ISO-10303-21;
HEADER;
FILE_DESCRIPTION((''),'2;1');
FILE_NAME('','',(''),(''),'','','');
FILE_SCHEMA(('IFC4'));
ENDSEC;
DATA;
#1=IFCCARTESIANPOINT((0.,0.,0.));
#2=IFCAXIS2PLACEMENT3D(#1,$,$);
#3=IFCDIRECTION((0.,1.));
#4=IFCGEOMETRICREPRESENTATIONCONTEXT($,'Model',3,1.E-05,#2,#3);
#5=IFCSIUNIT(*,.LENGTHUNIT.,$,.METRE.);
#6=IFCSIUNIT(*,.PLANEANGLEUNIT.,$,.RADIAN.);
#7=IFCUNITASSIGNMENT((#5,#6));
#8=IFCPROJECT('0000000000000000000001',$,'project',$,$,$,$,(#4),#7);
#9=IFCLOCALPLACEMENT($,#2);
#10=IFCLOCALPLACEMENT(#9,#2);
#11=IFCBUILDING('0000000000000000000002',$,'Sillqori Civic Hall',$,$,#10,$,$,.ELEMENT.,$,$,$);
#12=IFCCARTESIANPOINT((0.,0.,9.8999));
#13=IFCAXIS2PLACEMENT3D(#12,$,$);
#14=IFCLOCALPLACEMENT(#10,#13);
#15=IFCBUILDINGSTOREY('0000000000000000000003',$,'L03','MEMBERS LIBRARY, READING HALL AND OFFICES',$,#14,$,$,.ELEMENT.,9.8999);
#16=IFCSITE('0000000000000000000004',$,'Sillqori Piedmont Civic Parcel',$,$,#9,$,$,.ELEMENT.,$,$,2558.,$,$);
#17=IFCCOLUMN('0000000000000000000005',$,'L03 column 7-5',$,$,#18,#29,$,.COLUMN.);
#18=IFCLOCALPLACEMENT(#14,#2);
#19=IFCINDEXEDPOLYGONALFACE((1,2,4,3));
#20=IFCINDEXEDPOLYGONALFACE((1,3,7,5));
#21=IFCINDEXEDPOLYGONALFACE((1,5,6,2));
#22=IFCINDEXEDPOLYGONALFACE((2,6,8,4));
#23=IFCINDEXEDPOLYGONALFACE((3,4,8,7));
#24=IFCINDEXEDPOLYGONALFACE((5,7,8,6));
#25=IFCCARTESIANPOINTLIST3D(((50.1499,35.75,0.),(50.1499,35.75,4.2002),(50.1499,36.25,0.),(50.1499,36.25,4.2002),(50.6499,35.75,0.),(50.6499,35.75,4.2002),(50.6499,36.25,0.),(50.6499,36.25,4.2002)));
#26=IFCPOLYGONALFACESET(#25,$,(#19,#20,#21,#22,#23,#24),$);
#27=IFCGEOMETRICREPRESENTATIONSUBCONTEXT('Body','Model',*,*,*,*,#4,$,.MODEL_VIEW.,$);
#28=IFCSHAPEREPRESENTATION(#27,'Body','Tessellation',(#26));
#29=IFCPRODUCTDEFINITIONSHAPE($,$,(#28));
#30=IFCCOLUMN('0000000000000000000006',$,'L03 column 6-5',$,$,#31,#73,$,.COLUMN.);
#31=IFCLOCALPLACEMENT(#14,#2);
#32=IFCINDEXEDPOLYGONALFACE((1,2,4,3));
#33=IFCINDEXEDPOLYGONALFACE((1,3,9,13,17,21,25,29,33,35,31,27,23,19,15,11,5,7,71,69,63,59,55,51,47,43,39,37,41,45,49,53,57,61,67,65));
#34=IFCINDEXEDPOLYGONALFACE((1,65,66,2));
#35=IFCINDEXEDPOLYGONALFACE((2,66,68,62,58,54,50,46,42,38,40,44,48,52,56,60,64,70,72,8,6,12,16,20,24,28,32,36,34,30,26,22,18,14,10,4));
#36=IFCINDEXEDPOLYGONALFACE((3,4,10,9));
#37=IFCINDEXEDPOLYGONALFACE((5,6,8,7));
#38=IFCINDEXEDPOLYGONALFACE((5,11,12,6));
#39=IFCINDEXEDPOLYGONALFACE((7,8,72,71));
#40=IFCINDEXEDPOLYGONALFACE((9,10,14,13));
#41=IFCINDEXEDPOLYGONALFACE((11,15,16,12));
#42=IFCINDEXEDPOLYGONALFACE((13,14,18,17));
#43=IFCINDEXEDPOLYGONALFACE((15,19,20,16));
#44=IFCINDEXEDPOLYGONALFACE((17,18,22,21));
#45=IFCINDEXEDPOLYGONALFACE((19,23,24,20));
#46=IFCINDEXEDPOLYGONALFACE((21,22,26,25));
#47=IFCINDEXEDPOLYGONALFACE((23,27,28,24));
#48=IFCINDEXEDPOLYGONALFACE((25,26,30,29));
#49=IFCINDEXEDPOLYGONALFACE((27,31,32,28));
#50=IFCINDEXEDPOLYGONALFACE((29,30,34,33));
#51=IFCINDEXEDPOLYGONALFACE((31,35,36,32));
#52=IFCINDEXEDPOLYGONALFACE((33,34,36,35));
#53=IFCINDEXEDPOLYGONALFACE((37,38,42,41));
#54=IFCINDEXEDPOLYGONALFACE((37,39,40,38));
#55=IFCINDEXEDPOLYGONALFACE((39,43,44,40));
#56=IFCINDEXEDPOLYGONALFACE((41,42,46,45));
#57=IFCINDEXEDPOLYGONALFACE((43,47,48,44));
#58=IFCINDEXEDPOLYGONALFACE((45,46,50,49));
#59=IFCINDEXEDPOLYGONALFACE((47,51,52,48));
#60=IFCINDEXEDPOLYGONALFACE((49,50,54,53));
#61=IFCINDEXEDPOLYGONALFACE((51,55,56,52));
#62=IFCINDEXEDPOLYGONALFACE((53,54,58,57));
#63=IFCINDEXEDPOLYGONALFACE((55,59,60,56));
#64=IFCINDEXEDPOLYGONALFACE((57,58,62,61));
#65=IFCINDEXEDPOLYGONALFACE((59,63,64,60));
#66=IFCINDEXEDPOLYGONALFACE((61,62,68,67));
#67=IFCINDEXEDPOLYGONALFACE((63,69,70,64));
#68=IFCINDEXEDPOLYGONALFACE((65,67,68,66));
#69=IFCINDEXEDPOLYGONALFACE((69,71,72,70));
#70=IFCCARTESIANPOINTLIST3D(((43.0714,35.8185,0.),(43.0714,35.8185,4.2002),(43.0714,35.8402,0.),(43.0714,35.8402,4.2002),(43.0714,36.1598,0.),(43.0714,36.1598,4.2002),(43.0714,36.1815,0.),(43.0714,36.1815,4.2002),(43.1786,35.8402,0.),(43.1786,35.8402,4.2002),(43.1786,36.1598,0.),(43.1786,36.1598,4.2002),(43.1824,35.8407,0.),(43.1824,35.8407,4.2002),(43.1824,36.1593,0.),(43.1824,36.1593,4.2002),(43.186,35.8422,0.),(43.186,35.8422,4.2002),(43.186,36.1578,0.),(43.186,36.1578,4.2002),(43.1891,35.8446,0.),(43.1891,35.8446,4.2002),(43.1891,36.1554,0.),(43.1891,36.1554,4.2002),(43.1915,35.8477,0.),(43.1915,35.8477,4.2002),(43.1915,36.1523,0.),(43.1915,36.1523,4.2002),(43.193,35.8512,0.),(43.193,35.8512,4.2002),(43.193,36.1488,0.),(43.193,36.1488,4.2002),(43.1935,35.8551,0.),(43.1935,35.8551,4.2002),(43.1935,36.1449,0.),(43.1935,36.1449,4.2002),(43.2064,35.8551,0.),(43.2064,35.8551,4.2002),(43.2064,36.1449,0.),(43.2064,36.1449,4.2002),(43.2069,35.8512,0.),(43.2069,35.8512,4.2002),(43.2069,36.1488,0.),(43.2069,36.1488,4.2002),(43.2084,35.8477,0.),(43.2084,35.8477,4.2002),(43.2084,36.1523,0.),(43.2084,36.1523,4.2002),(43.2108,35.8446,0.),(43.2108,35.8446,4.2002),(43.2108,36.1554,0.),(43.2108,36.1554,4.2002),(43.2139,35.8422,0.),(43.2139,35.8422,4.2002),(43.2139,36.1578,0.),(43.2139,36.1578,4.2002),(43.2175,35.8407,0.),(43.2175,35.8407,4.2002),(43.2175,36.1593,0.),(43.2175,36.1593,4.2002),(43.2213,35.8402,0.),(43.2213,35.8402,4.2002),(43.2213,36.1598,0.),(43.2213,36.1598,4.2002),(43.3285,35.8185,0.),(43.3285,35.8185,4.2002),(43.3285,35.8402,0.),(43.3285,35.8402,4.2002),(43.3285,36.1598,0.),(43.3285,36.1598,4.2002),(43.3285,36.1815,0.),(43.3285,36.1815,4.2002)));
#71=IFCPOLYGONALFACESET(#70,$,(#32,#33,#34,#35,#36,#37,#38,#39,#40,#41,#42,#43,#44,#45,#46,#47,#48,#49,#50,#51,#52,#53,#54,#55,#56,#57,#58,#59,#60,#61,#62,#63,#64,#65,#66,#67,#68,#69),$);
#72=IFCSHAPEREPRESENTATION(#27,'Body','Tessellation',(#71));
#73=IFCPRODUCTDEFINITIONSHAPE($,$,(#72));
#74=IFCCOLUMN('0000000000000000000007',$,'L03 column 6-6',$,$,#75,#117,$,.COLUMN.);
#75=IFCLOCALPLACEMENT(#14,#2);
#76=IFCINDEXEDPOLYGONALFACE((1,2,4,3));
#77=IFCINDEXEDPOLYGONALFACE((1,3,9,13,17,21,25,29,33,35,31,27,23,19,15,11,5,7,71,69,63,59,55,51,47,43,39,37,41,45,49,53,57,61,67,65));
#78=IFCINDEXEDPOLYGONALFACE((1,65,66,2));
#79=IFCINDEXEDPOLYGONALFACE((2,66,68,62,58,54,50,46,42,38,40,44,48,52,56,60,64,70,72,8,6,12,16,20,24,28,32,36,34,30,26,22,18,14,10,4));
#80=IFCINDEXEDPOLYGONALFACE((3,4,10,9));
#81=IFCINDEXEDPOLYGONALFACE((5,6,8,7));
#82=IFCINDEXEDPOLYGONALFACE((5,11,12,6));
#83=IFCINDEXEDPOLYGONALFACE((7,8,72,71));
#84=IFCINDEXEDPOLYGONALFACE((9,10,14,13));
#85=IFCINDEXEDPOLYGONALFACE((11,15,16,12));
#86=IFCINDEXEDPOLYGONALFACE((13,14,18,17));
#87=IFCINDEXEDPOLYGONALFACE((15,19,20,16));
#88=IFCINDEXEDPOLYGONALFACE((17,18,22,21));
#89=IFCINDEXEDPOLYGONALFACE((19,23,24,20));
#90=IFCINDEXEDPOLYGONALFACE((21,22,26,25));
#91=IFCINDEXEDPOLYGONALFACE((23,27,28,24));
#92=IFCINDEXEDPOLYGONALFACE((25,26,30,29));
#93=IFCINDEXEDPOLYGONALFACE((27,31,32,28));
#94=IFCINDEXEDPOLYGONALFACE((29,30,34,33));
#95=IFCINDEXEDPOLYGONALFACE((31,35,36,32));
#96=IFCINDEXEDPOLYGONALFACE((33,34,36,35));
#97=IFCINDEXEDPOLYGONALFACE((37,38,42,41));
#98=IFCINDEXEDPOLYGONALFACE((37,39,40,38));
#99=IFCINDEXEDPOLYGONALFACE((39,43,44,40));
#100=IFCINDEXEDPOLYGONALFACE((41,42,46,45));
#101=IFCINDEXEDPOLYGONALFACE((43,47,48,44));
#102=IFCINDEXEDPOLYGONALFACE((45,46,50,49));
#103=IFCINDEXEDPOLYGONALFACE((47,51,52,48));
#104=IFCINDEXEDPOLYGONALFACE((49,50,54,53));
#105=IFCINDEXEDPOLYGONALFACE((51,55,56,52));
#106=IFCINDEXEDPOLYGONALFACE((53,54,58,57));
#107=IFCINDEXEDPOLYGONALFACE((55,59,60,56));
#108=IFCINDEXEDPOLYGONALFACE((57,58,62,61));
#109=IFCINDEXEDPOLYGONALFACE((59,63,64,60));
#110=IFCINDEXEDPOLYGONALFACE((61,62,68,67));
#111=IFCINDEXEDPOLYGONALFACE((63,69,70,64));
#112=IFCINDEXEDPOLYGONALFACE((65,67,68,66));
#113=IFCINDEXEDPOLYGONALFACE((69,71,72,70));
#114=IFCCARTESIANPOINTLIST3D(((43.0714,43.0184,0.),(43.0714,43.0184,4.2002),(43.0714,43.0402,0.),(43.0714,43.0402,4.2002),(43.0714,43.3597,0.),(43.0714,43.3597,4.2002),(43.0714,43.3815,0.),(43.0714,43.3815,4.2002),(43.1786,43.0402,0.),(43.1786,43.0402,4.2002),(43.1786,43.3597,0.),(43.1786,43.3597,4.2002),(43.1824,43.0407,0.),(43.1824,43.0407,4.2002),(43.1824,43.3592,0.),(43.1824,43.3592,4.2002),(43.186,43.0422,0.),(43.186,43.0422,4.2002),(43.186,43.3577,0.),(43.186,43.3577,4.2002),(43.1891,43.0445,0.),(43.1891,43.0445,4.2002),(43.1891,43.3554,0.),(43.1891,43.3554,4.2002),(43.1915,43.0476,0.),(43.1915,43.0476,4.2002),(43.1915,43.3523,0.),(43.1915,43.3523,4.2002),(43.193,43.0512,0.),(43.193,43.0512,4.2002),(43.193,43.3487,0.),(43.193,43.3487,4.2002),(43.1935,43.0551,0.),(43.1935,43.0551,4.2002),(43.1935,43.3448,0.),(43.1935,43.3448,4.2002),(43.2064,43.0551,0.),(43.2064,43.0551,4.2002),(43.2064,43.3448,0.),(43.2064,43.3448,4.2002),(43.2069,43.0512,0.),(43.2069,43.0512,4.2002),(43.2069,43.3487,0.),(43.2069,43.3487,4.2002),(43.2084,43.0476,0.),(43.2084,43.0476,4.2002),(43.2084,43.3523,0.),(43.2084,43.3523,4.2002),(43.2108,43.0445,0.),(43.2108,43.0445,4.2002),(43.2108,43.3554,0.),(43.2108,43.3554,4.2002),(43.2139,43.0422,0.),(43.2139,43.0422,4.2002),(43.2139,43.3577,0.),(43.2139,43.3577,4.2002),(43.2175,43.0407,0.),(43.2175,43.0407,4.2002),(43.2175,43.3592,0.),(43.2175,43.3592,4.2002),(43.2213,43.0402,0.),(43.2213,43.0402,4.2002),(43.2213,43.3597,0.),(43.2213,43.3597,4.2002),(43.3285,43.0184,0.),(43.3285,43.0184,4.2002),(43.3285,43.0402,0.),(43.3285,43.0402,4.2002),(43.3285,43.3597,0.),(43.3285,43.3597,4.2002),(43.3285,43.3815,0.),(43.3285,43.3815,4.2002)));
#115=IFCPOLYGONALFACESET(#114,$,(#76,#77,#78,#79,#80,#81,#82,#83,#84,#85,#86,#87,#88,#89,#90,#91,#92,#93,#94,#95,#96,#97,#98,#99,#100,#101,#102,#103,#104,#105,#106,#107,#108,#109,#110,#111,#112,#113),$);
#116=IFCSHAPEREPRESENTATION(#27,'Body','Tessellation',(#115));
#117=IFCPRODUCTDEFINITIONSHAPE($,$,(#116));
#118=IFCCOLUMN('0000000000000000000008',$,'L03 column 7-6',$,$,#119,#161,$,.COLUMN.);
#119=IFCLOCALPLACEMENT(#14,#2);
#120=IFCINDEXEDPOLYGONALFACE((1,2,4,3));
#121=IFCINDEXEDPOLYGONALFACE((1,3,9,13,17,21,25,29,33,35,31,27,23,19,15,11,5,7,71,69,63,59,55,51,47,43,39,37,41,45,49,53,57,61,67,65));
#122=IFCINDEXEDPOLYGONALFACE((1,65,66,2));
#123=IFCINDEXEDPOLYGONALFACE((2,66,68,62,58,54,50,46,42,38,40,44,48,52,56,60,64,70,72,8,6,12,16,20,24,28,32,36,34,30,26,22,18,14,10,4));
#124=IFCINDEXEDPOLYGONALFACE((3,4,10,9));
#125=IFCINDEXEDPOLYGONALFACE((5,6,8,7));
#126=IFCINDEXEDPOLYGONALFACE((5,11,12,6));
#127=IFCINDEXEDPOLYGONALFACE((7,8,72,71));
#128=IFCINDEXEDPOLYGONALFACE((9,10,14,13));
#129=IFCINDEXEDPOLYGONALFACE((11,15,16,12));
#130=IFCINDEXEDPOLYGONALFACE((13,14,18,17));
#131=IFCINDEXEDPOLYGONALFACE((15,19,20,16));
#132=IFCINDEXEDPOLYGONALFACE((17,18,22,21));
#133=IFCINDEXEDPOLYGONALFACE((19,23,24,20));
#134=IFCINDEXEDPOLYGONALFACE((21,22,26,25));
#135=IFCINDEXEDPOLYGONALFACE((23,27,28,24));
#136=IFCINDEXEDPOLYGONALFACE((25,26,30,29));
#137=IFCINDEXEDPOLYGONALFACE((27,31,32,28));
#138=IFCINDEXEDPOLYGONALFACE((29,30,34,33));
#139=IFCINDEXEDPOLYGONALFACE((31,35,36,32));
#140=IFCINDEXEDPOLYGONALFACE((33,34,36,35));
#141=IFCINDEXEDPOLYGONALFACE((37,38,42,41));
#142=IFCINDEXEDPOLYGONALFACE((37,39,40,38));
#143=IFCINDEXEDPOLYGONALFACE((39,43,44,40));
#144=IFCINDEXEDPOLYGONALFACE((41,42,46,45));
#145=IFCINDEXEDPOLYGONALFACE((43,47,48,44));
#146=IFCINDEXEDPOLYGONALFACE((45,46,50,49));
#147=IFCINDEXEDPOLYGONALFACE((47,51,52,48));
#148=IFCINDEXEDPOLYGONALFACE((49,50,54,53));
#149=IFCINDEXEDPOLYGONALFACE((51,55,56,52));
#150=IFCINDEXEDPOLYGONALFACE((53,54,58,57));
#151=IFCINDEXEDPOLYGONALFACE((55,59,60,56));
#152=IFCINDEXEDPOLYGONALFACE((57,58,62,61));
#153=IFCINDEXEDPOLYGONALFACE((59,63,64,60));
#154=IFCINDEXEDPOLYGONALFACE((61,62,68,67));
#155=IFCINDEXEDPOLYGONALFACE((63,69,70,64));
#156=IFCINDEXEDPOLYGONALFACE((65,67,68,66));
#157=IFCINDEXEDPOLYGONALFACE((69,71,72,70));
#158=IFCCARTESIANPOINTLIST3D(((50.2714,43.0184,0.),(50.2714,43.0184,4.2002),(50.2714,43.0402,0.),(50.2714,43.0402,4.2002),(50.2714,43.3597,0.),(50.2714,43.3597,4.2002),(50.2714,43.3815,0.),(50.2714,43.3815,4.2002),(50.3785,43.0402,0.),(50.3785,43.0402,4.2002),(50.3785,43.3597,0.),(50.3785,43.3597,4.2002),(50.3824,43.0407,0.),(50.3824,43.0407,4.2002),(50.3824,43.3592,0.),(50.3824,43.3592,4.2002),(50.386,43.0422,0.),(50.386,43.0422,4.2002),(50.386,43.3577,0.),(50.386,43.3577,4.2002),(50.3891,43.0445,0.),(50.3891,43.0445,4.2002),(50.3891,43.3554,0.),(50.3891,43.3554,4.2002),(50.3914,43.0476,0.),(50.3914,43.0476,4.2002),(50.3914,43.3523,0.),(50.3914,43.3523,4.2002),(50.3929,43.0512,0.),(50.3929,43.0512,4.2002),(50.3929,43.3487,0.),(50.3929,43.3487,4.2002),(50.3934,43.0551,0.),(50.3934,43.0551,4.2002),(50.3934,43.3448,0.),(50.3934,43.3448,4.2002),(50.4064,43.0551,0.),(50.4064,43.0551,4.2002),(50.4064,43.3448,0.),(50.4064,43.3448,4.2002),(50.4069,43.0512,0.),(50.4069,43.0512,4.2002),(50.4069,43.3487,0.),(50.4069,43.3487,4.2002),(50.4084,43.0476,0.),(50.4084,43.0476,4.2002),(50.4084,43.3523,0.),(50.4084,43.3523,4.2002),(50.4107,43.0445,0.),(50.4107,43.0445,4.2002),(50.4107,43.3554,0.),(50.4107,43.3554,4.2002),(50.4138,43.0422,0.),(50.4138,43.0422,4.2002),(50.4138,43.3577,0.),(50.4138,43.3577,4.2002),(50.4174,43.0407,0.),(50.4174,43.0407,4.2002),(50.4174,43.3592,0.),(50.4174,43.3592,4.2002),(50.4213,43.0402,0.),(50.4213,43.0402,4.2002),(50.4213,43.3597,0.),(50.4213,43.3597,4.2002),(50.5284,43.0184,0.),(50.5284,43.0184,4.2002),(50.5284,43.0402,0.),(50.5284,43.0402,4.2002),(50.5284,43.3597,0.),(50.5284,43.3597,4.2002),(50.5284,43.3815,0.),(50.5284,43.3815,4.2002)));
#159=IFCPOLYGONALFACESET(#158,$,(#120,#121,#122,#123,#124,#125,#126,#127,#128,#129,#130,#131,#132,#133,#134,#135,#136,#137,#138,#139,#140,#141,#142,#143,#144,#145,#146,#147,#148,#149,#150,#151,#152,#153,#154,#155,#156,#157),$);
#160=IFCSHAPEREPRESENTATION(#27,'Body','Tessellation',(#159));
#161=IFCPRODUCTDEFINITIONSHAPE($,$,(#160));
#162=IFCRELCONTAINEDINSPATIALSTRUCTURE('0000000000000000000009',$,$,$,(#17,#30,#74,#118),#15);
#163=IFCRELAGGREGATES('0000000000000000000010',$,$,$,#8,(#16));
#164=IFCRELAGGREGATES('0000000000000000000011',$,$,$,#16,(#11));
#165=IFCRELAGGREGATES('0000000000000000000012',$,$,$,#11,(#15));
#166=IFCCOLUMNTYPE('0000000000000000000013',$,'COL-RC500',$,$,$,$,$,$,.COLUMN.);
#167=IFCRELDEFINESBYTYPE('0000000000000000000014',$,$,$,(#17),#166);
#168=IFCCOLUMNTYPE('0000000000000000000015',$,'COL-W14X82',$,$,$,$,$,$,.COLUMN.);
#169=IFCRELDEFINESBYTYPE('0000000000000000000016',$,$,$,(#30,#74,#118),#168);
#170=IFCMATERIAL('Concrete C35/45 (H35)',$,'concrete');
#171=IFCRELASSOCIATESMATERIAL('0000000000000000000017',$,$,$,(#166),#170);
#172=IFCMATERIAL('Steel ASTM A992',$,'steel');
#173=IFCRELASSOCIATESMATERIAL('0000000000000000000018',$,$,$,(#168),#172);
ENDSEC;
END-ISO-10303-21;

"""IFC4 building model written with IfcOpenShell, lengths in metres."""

from ifc_helpers import new_model, si_unit, direction, frame, origin, origin_2d, place, context, subcontext, project, spatial, rectangle, i_section, extrude, material, material_profile, profile_set, type_object, element, save


model = new_model("IFC4")

# Units and contexts
model_context = context("Model", 3, precision=1e-05, world=origin(), true_north=direction((0.0, 1.0)))
body_context = subcontext(model_context, "Body", "Model", "MODEL_VIEW")
ifc_project = project(units=[si_unit("LENGTHUNIT", "METRE"), si_unit("PLANEANGLEUNIT", "RADIAN")], contexts=[model_context])

# Site, building, storey
site_placement = place(None, origin())
site = spatial("IfcSite", under=ifc_project, at=site_placement, Name="Sillqori Piedmont Civic Parcel", CompositionType="ELEMENT", RefElevation=2558.0)
building_placement = place(site_placement, origin())
building = spatial("IfcBuilding", under=site, at=building_placement, Name="Sillqori Civic Hall", CompositionType="ELEMENT")
storey_placement = place(building_placement, frame((0.0, 0.0, 9.8999)))
storey = spatial("IfcBuildingStorey", under=building, at=storey_placement, Name="L03", Description="MEMBERS LIBRARY, READING HALL AND OFFICES", CompositionType="ELEMENT", Elevation=9.8999)

# Columns
ifc_material_1 = material(Name="Concrete C35/45 (H35)", Category="concrete")
ifc_material_profile_1 = material_profile(ifc_material_1, rectangle(XDim=0.5, YDim=0.5, at=origin_2d()), Name="RC 500x500")
ifc_profile_set_1 = profile_set([ifc_material_profile_1], Name="Concrete C35/45 (H35)")
column_type_1 = type_object("IfcColumnType", Name="COL-RC500", PredefinedType="COLUMN", material=ifc_profile_set_1)
column_placement = place(storey_placement, frame((50.3999, 36.0, 0.0), z_axis=(0.0, 0.0, 1.0), x_axis=(1.0, 0.0, 0.0)))
element("IfcColumn", 1, at=column_placement, inside=storey, type_object=column_type_1, Name="L03 column 7-5", PredefinedType="COLUMN", context=body_context, shape_type="SweptSolid", body=[
    extrude(rectangle(XDim=0.5, YDim=0.5, at=origin_2d()), origin(), (0.0, 0.0, 1.0), 4.2002),
])
ifc_material_2 = material(Name="Steel ASTM A992", Category="steel")
ifc_material_profile_2 = material_profile(ifc_material_2, i_section(OverallWidth=0.2571, OverallDepth=0.363, WebThickness=0.0129, FlangeThickness=0.0217, FilletRadius=0.0149, at=origin_2d()), Name="W14X82")
ifc_profile_set_2 = profile_set([ifc_material_profile_2], Name="Steel ASTM A992")
column_type_2 = type_object("IfcColumnType", Name="COL-W14X82", PredefinedType="COLUMN", material=ifc_profile_set_2)
for number, where, z_axis, x_axis, name in (
    (2, (43.2, 36.0, 0.0), (0.0, 0.0, 1.0), (1.0, 0.0, 0.0), "L03 column 6-5"),
    (3, (43.2, 43.2, 0.0), (0.0, 0.0, 1.0), (1.0, 0.0, 0.0), "L03 column 6-6"),
    (4, (50.3999, 43.2, 0.0), (0.0, 0.0, 1.0), (1.0, 0.0, 0.0), "L03 column 7-6"),
):
    element("IfcColumn", number, at=place(storey_placement, frame(where, z_axis=z_axis, x_axis=x_axis)), inside=storey, type_object=column_type_2, Name=name, PredefinedType="COLUMN", context=body_context, shape_type="SweptSolid", body=[
        extrude(i_section(OverallWidth=0.2571, OverallDepth=0.363, WebThickness=0.0129, FlangeThickness=0.0217, FilletRadius=0.0149, at=origin_2d()), origin(), (0.0, 0.0, 1.0), 4.2002),
    ])

save(model, "model.ifc")
